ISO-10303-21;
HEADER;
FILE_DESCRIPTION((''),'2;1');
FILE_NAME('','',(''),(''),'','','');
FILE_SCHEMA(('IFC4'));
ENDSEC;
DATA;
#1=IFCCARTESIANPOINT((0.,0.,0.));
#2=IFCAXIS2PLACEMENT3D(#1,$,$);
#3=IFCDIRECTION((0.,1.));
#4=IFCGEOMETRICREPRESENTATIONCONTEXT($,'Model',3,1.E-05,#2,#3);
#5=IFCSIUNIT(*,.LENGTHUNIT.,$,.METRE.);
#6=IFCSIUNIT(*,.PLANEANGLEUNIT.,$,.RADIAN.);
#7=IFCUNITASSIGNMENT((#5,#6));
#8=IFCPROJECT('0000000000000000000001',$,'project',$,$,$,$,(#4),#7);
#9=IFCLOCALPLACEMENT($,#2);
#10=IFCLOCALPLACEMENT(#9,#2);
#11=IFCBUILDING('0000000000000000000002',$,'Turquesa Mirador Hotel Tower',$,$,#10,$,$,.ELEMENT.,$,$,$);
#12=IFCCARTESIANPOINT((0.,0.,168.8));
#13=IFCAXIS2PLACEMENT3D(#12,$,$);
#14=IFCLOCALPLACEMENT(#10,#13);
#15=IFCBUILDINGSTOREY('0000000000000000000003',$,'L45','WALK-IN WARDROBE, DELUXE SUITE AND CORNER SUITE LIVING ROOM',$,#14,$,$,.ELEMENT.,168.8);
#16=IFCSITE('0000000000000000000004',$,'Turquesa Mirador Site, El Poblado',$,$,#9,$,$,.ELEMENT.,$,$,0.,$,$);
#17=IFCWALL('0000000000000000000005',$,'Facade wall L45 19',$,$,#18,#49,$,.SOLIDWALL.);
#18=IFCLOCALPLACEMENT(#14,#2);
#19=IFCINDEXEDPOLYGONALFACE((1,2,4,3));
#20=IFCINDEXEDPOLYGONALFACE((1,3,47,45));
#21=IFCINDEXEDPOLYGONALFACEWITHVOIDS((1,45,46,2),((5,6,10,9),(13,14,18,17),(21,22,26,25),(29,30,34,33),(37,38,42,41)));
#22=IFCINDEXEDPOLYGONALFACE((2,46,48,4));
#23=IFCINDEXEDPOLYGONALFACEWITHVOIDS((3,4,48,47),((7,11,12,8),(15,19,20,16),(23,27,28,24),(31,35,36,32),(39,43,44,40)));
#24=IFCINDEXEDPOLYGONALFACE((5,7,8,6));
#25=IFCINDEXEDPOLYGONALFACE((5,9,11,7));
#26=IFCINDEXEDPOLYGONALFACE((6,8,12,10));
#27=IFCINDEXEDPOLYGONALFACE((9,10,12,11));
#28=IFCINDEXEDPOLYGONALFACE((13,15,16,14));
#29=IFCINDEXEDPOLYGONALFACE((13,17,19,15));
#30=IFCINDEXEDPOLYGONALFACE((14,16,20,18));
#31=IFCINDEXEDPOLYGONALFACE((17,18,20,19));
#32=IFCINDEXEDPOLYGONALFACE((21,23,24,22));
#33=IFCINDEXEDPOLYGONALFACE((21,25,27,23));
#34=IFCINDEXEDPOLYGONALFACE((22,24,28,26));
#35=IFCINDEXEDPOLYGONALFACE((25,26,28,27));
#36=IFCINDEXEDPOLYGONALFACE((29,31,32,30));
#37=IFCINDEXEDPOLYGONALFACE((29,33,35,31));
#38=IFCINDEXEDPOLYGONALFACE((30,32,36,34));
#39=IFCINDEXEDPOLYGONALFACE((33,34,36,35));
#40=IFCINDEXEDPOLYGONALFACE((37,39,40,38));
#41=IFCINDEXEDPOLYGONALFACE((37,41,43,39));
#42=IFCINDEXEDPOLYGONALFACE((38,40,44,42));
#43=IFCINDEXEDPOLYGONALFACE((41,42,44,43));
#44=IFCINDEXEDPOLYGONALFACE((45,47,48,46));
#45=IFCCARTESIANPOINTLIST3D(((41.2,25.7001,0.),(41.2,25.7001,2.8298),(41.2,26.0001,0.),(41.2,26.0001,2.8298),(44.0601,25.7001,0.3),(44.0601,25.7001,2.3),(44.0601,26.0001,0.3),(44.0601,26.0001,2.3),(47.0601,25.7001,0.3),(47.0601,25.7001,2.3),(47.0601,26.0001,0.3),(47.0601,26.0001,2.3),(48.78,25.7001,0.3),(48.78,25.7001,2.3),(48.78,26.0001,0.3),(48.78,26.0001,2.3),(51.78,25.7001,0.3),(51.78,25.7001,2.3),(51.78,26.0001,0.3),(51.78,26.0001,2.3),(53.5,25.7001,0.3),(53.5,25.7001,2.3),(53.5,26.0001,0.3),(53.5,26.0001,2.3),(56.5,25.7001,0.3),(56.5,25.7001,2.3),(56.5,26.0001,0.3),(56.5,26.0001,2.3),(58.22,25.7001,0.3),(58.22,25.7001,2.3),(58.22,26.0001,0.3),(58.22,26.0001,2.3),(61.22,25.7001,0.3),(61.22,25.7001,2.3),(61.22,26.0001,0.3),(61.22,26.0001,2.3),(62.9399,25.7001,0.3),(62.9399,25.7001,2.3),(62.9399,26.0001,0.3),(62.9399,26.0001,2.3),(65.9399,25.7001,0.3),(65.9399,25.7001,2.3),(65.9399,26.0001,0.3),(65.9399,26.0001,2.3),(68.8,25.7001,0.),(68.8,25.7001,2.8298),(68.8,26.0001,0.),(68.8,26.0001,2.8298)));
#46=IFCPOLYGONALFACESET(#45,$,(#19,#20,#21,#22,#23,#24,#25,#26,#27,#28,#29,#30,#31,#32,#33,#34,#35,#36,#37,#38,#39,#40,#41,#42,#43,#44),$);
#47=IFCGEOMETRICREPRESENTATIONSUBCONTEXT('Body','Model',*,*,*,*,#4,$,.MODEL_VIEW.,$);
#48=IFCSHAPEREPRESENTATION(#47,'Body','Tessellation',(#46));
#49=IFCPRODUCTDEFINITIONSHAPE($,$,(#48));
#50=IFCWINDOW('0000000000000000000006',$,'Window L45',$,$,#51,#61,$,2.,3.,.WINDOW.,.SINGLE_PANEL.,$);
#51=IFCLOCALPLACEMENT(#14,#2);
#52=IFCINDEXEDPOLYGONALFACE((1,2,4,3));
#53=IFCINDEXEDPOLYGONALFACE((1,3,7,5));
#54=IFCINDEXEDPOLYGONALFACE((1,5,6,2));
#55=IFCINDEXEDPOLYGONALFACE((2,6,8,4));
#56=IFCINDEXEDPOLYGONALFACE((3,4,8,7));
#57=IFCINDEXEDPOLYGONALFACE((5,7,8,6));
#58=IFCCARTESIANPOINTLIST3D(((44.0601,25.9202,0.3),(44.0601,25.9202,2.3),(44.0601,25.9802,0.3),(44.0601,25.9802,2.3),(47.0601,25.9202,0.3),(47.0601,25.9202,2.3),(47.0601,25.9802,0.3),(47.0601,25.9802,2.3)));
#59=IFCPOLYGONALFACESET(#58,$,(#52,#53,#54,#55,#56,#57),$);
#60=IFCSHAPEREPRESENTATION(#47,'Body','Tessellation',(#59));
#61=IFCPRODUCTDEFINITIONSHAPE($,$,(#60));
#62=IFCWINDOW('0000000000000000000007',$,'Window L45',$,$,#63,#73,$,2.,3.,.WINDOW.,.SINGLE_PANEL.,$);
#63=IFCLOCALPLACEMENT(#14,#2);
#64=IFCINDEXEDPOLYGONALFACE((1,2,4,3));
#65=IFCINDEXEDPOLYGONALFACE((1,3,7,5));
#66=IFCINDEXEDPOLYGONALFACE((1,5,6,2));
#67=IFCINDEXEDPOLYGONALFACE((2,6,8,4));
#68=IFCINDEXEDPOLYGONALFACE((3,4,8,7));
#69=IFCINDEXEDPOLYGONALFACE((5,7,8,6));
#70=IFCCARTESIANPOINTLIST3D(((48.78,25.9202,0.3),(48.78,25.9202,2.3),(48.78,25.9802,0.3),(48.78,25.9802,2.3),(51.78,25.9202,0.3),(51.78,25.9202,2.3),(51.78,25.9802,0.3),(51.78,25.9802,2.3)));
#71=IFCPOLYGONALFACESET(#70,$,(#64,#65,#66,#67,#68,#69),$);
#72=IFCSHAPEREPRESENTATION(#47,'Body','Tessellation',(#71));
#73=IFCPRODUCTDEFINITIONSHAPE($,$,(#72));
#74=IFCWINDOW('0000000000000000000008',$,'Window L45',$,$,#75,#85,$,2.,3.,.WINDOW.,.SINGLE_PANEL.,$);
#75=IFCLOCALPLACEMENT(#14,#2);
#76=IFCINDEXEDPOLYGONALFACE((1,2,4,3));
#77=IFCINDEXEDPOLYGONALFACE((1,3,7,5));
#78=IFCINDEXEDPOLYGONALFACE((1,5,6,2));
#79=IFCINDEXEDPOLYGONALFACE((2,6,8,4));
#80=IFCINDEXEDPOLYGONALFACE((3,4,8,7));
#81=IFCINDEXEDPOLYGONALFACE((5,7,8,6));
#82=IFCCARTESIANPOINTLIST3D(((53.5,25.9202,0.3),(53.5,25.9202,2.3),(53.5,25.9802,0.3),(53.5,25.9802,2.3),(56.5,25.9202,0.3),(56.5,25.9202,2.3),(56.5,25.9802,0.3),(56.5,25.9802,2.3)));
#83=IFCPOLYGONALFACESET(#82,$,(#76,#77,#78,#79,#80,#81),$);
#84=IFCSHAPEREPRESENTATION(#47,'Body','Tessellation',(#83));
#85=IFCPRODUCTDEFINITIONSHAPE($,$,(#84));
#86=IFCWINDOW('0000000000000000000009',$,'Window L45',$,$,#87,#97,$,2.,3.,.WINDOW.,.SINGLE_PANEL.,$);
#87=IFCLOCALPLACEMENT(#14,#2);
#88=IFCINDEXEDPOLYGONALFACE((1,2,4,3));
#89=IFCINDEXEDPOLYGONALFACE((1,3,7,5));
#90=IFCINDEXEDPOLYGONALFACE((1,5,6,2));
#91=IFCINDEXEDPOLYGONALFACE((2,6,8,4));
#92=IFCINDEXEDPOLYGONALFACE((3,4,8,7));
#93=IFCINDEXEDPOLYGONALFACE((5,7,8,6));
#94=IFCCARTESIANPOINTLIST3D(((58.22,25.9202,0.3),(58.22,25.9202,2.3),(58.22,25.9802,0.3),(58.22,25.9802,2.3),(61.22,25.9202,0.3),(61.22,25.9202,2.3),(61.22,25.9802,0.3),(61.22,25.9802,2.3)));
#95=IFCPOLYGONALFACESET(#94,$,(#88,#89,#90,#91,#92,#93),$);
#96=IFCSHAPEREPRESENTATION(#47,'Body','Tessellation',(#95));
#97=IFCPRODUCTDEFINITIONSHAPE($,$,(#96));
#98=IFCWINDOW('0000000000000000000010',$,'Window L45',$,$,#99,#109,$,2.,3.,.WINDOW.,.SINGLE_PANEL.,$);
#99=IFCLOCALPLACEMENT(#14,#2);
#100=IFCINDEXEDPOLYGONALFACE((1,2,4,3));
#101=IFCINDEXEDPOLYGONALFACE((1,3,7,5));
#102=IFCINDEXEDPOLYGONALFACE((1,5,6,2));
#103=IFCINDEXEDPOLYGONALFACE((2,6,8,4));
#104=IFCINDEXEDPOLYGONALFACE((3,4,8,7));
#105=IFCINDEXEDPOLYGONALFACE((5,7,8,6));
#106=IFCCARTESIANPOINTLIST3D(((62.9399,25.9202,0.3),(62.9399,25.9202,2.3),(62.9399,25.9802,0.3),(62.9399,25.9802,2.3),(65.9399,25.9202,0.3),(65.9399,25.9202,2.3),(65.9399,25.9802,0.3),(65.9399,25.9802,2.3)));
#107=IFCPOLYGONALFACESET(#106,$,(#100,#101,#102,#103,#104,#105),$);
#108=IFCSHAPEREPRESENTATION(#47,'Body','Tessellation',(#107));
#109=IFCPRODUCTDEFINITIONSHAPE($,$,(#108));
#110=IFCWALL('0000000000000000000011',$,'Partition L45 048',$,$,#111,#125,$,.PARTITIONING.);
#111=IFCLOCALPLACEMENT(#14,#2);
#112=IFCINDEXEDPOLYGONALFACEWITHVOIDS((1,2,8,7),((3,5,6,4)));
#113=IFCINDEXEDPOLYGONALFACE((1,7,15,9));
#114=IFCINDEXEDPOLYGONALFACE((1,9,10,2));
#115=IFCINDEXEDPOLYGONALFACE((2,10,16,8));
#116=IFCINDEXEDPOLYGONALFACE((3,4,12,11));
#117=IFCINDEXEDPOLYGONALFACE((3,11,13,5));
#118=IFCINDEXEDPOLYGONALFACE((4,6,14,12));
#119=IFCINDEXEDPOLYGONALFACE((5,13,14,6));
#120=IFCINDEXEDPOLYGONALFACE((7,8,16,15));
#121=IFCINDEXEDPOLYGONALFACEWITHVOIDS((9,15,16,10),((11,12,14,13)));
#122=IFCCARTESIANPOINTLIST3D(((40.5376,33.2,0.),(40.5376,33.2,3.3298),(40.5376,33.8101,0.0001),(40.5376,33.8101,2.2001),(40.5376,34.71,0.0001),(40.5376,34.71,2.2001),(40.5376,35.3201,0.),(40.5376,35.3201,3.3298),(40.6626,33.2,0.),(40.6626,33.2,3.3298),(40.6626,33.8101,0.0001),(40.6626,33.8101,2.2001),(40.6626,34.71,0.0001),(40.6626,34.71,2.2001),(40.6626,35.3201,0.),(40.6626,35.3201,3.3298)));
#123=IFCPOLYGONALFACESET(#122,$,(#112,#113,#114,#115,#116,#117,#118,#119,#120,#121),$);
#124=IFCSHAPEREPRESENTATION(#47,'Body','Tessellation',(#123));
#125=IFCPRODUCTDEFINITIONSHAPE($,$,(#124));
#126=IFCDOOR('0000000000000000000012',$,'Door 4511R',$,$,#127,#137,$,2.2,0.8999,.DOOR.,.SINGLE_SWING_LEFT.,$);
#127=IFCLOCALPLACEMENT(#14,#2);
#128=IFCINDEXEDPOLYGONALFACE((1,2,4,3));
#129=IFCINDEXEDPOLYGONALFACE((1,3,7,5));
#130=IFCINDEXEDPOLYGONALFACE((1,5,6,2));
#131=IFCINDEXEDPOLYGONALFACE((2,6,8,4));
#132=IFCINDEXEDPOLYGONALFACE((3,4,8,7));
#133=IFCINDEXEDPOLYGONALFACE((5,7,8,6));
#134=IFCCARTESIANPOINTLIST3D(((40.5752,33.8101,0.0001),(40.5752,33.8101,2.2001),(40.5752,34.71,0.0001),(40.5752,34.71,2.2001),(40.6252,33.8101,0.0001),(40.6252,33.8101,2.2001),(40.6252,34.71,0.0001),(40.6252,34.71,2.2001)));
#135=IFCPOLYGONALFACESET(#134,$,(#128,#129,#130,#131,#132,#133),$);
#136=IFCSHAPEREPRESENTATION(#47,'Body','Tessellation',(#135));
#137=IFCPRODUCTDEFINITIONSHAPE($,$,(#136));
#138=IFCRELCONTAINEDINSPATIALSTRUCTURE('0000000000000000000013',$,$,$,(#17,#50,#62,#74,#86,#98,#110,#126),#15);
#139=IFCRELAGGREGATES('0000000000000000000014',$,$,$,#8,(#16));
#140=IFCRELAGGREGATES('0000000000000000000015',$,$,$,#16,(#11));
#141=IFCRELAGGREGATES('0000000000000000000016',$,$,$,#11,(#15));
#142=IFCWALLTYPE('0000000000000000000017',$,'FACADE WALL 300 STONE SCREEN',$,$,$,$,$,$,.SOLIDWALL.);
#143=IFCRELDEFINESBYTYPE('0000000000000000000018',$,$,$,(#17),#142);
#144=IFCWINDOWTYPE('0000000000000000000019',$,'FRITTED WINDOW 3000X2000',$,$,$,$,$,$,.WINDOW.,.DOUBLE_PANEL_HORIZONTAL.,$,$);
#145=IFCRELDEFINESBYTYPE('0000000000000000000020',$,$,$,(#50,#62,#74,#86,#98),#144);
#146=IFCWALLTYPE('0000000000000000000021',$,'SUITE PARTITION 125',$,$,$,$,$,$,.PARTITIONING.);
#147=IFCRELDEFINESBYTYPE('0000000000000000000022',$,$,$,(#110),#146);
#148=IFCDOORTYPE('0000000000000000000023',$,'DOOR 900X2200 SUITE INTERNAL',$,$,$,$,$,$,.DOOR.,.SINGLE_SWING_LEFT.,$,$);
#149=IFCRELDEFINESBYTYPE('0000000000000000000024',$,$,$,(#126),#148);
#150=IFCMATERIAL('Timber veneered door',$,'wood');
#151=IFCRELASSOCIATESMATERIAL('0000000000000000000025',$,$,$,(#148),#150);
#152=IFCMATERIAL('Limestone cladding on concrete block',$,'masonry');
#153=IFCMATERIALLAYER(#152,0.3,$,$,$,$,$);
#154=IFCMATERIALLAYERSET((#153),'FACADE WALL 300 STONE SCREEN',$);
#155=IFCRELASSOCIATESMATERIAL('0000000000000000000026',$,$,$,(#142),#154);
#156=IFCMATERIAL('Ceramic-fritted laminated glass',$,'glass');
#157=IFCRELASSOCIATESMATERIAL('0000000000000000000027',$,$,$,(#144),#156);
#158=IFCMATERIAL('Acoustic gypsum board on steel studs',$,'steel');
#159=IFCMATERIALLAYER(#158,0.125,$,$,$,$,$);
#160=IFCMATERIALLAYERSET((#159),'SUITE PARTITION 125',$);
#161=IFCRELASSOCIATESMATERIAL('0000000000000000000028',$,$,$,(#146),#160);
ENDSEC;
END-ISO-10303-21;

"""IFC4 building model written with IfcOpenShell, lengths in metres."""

from ifc_helpers import new_model, si_unit, direction, frame, frame_2d, origin, place, context, subcontext, project, spatial, rectangle, extrude, material, layer, layer_set, type_object, element, fill, save


model = new_model("IFC4")

# Units and contexts
model_context = context("Model", 3, precision=1e-05, world=origin(), true_north=direction((0.0, 1.0)))
body_context = subcontext(model_context, "Body", "Model", "MODEL_VIEW")
ifc_project = project(units=[si_unit("LENGTHUNIT", "METRE"), si_unit("PLANEANGLEUNIT", "RADIAN")], contexts=[model_context])

# Site, building, storey
site_placement = place(None, origin())
site = spatial("IfcSite", under=ifc_project, at=site_placement, Name="Turquesa Mirador Site, El Poblado", CompositionType="ELEMENT", RefElevation=0.0)
building_placement = place(site_placement, origin())
building = spatial("IfcBuilding", under=site, at=building_placement, Name="Turquesa Mirador Hotel Tower", CompositionType="ELEMENT")
storey_placement = place(building_placement, frame((0.0, 0.0, 168.8)))
storey = spatial("IfcBuildingStorey", under=building, at=storey_placement, Name="L45", Description="WALK-IN WARDROBE, DELUXE SUITE AND CORNER SUITE LIVING ROOM", CompositionType="ELEMENT", Elevation=168.8)

# Shared definitions
ifc_material_1 = material(Name="Timber veneered door", Category="wood")
door_type_1 = type_object("IfcDoorType", Name="DOOR 900X2200 SUITE INTERNAL", OperationType="SINGLE_SWING_LEFT", PredefinedType="DOOR", material=ifc_material_1)

# Shared definitions
ifc_material_2 = material(Name="Limestone cladding on concrete block", Category="masonry")
ifc_layer_1 = layer(ifc_material_2, 0.3)
ifc_layer_set_1 = layer_set([ifc_layer_1], Name="FACADE WALL 300 STONE SCREEN")
wall_type_1 = type_object("IfcWallType", Name="FACADE WALL 300 STONE SCREEN", PredefinedType="SOLIDWALL", material=ifc_layer_set_1)

# Wall, openings, windows
wall_1_placement = place(storey_placement, frame((41.2, 25.8501, 0.0), z_axis=(0.0, 0.0, 1.0), x_axis=(1.0, 0.0, 0.0)))
wall_1 = element("IfcWall", 1, at=wall_1_placement, inside=storey, type_object=wall_type_1, Name="Facade wall L45 19", PredefinedType="SOLIDWALL", context=body_context, shape_type="SweptSolid", body=[
    extrude(rectangle(XDim=27.6001, YDim=0.3, at=frame_2d((13.8, 0.0))), origin(), (0.0, 0.0, 1.0), 2.8298),
])
opening_1_placement = place(wall_1_placement, frame((2.8601, 0.0, 0.3)))
opening_1 = element("IfcOpeningElement", 2, at=opening_1_placement, cuts=wall_1, PredefinedType="OPENING", context=body_context, shape_type="SweptSolid", body=[
    extrude(rectangle(XDim=3.0, YDim=2.0, at=frame_2d((1.5, 1.0))), frame((0.0, 0.1599, 0.0), z_axis=(0.0, -1.0, 0.0), x_axis=(1.0, 0.0, 0.0)), (0.0, 0.0, 1.0), 0.3201),
])
opening_2_placement = place(wall_1_placement, frame((7.5801, 0.0, 0.3)))
opening_2 = element("IfcOpeningElement", 3, at=opening_2_placement, cuts=wall_1, PredefinedType="OPENING", context=body_context, shape_type="SweptSolid", body=[
    extrude(rectangle(XDim=3.0, YDim=2.0, at=frame_2d((1.5, 1.0))), frame((0.0, 0.1599, 0.0), z_axis=(0.0, -1.0, 0.0), x_axis=(1.0, 0.0, 0.0)), (0.0, 0.0, 1.0), 0.3201),
])
opening_3_placement = place(wall_1_placement, frame((12.3, 0.0, 0.3)))
opening_3 = element("IfcOpeningElement", 4, at=opening_3_placement, cuts=wall_1, PredefinedType="OPENING", context=body_context, shape_type="SweptSolid", body=[
    extrude(rectangle(XDim=3.0, YDim=2.0, at=frame_2d((1.5, 1.0))), frame((0.0, 0.1599, 0.0), z_axis=(0.0, -1.0, 0.0), x_axis=(1.0, 0.0, 0.0)), (0.0, 0.0, 1.0), 0.3201),
])
opening_4_placement = place(wall_1_placement, frame((17.02, 0.0, 0.3)))
opening_4 = element("IfcOpeningElement", 5, at=opening_4_placement, cuts=wall_1, PredefinedType="OPENING", context=body_context, shape_type="SweptSolid", body=[
    extrude(rectangle(XDim=3.0, YDim=2.0, at=frame_2d((1.5, 1.0))), frame((0.0, 0.1599, 0.0), z_axis=(0.0, -1.0, 0.0), x_axis=(1.0, 0.0, 0.0)), (0.0, 0.0, 1.0), 0.3201),
])
opening_5_placement = place(wall_1_placement, frame((21.74, 0.0, 0.3)))
opening_5 = element("IfcOpeningElement", 6, at=opening_5_placement, cuts=wall_1, PredefinedType="OPENING", context=body_context, shape_type="SweptSolid", body=[
    extrude(rectangle(XDim=3.0, YDim=2.0, at=frame_2d((1.5, 1.0))), frame((0.0, 0.1599, 0.0), z_axis=(0.0, -1.0, 0.0), x_axis=(1.0, 0.0, 0.0)), (0.0, 0.0, 1.0), 0.3201),
])
ifc_material_3 = material(Name="Ceramic-fritted laminated glass", Category="glass")
window_type_1 = type_object("IfcWindowType", Name="FRITTED WINDOW 3000X2000", PartitioningType="DOUBLE_PANEL_HORIZONTAL", PredefinedType="WINDOW", material=ifc_material_3)
window_1_placement = place(opening_1_placement, origin())
window_1 = element("IfcWindow", 7, at=window_1_placement, inside=storey, type_object=window_type_1, Name="Window L45", OverallHeight=2.0, OverallWidth=3.0, PartitioningType="SINGLE_PANEL", PredefinedType="WINDOW", context=body_context, shape_type="SweptSolid", body=[
    extrude(rectangle(XDim=3.0, YDim=2.0, at=frame_2d((1.5, 1.0))), frame((0.0, 0.1301, 0.0), z_axis=(0.0, -1.0, 0.0), x_axis=(1.0, 0.0, 0.0)), (0.0, 0.0, 1.0), 0.0601),
])
fill(opening_1, window_1)
window_2_placement = place(opening_2_placement, origin())
window_2 = element("IfcWindow", 8, at=window_2_placement, inside=storey, type_object=window_type_1, Name="Window L45", OverallHeight=2.0, OverallWidth=3.0, PartitioningType="SINGLE_PANEL", PredefinedType="WINDOW", context=body_context, shape_type="SweptSolid", body=[
    extrude(rectangle(XDim=3.0, YDim=2.0, at=frame_2d((1.5, 1.0))), frame((0.0, 0.1301, 0.0), z_axis=(0.0, -1.0, 0.0), x_axis=(1.0, 0.0, 0.0)), (0.0, 0.0, 1.0), 0.0601),
])
fill(opening_2, window_2)
window_3_placement = place(opening_3_placement, origin())
window_3 = element("IfcWindow", 9, at=window_3_placement, inside=storey, type_object=window_type_1, Name="Window L45", OverallHeight=2.0, OverallWidth=3.0, PartitioningType="SINGLE_PANEL", PredefinedType="WINDOW", context=body_context, shape_type="SweptSolid", body=[
    extrude(rectangle(XDim=3.0, YDim=2.0, at=frame_2d((1.5, 1.0))), frame((0.0, 0.1301, 0.0), z_axis=(0.0, -1.0, 0.0), x_axis=(1.0, 0.0, 0.0)), (0.0, 0.0, 1.0), 0.0601),
])
fill(opening_3, window_3)
window_4_placement = place(opening_4_placement, origin())
window_4 = element("IfcWindow", 10, at=window_4_placement, inside=storey, type_object=window_type_1, Name="Window L45", OverallHeight=2.0, OverallWidth=3.0, PartitioningType="SINGLE_PANEL", PredefinedType="WINDOW", context=body_context, shape_type="SweptSolid", body=[
    extrude(rectangle(XDim=3.0, YDim=2.0, at=frame_2d((1.5, 1.0))), frame((0.0, 0.1301, 0.0), z_axis=(0.0, -1.0, 0.0), x_axis=(1.0, 0.0, 0.0)), (0.0, 0.0, 1.0), 0.0601),
])
fill(opening_4, window_4)
window_5_placement = place(opening_5_placement, origin())
window_5 = element("IfcWindow", 11, at=window_5_placement, inside=storey, type_object=window_type_1, Name="Window L45", OverallHeight=2.0, OverallWidth=3.0, PartitioningType="SINGLE_PANEL", PredefinedType="WINDOW", context=body_context, shape_type="SweptSolid", body=[
    extrude(rectangle(XDim=3.0, YDim=2.0, at=frame_2d((1.5, 1.0))), frame((0.0, 0.1301, 0.0), z_axis=(0.0, -1.0, 0.0), x_axis=(1.0, 0.0, 0.0)), (0.0, 0.0, 1.0), 0.0601),
])
fill(opening_5, window_5)

# Wall, opening, door
ifc_material_4 = material(Name="Acoustic gypsum board on steel studs", Category="steel")
ifc_layer_2 = layer(ifc_material_4, 0.125)
ifc_layer_set_2 = layer_set([ifc_layer_2], Name="SUITE PARTITION 125")
wall_type_2 = type_object("IfcWallType", Name="SUITE PARTITION 125", PredefinedType="PARTITIONING", material=ifc_layer_set_2)
wall_2_placement = place(storey_placement, frame((40.6001, 33.2, 0.0), z_axis=(0.0, 0.0, 1.0), x_axis=(0.0, 1.0, 0.0)))
wall_2 = element("IfcWall", 12, at=wall_2_placement, inside=storey, type_object=wall_type_2, Name="Partition L45 048", PredefinedType="PARTITIONING", context=body_context, shape_type="SweptSolid", body=[
    extrude(rectangle(XDim=2.1201, YDim=0.125, at=frame_2d((1.0601, 0.0))), origin(), (0.0, 0.0, 1.0), 3.3298),
])
opening_6_placement = place(wall_2_placement, frame((0.6101, 0.0, 0.0)))
opening_6 = element("IfcOpeningElement", 13, at=opening_6_placement, cuts=wall_2, PredefinedType="OPENING", context=body_context, shape_type="SweptSolid", body=[
    extrude(rectangle(XDim=0.8999, YDim=2.2, at=frame_2d((0.45, 1.1001))), frame((0.0, 0.0725, 0.0), z_axis=(0.0, -1.0, 0.0), x_axis=(1.0, 0.0, 0.0)), (0.0, 0.0, 1.0), 0.145),
])
door_1_placement = place(opening_6_placement, origin())
door_1 = element("IfcDoor", 14, at=door_1_placement, inside=storey, type_object=door_type_1, Name="Door 4511R", OperationType="SINGLE_SWING_LEFT", OverallHeight=2.2, OverallWidth=0.8999, PredefinedType="DOOR", context=body_context, shape_type="SweptSolid", body=[
    extrude(rectangle(XDim=0.8999, YDim=2.2, at=frame_2d((0.45, 1.1001))), frame((0.0, 0.0249, 0.0), z_axis=(0.0, -1.0, 0.0), x_axis=(1.0, 0.0, 0.0)), (0.0, 0.0, 1.0), 0.05),
])
fill(opening_6, door_1)

save(model, "model.ifc")
